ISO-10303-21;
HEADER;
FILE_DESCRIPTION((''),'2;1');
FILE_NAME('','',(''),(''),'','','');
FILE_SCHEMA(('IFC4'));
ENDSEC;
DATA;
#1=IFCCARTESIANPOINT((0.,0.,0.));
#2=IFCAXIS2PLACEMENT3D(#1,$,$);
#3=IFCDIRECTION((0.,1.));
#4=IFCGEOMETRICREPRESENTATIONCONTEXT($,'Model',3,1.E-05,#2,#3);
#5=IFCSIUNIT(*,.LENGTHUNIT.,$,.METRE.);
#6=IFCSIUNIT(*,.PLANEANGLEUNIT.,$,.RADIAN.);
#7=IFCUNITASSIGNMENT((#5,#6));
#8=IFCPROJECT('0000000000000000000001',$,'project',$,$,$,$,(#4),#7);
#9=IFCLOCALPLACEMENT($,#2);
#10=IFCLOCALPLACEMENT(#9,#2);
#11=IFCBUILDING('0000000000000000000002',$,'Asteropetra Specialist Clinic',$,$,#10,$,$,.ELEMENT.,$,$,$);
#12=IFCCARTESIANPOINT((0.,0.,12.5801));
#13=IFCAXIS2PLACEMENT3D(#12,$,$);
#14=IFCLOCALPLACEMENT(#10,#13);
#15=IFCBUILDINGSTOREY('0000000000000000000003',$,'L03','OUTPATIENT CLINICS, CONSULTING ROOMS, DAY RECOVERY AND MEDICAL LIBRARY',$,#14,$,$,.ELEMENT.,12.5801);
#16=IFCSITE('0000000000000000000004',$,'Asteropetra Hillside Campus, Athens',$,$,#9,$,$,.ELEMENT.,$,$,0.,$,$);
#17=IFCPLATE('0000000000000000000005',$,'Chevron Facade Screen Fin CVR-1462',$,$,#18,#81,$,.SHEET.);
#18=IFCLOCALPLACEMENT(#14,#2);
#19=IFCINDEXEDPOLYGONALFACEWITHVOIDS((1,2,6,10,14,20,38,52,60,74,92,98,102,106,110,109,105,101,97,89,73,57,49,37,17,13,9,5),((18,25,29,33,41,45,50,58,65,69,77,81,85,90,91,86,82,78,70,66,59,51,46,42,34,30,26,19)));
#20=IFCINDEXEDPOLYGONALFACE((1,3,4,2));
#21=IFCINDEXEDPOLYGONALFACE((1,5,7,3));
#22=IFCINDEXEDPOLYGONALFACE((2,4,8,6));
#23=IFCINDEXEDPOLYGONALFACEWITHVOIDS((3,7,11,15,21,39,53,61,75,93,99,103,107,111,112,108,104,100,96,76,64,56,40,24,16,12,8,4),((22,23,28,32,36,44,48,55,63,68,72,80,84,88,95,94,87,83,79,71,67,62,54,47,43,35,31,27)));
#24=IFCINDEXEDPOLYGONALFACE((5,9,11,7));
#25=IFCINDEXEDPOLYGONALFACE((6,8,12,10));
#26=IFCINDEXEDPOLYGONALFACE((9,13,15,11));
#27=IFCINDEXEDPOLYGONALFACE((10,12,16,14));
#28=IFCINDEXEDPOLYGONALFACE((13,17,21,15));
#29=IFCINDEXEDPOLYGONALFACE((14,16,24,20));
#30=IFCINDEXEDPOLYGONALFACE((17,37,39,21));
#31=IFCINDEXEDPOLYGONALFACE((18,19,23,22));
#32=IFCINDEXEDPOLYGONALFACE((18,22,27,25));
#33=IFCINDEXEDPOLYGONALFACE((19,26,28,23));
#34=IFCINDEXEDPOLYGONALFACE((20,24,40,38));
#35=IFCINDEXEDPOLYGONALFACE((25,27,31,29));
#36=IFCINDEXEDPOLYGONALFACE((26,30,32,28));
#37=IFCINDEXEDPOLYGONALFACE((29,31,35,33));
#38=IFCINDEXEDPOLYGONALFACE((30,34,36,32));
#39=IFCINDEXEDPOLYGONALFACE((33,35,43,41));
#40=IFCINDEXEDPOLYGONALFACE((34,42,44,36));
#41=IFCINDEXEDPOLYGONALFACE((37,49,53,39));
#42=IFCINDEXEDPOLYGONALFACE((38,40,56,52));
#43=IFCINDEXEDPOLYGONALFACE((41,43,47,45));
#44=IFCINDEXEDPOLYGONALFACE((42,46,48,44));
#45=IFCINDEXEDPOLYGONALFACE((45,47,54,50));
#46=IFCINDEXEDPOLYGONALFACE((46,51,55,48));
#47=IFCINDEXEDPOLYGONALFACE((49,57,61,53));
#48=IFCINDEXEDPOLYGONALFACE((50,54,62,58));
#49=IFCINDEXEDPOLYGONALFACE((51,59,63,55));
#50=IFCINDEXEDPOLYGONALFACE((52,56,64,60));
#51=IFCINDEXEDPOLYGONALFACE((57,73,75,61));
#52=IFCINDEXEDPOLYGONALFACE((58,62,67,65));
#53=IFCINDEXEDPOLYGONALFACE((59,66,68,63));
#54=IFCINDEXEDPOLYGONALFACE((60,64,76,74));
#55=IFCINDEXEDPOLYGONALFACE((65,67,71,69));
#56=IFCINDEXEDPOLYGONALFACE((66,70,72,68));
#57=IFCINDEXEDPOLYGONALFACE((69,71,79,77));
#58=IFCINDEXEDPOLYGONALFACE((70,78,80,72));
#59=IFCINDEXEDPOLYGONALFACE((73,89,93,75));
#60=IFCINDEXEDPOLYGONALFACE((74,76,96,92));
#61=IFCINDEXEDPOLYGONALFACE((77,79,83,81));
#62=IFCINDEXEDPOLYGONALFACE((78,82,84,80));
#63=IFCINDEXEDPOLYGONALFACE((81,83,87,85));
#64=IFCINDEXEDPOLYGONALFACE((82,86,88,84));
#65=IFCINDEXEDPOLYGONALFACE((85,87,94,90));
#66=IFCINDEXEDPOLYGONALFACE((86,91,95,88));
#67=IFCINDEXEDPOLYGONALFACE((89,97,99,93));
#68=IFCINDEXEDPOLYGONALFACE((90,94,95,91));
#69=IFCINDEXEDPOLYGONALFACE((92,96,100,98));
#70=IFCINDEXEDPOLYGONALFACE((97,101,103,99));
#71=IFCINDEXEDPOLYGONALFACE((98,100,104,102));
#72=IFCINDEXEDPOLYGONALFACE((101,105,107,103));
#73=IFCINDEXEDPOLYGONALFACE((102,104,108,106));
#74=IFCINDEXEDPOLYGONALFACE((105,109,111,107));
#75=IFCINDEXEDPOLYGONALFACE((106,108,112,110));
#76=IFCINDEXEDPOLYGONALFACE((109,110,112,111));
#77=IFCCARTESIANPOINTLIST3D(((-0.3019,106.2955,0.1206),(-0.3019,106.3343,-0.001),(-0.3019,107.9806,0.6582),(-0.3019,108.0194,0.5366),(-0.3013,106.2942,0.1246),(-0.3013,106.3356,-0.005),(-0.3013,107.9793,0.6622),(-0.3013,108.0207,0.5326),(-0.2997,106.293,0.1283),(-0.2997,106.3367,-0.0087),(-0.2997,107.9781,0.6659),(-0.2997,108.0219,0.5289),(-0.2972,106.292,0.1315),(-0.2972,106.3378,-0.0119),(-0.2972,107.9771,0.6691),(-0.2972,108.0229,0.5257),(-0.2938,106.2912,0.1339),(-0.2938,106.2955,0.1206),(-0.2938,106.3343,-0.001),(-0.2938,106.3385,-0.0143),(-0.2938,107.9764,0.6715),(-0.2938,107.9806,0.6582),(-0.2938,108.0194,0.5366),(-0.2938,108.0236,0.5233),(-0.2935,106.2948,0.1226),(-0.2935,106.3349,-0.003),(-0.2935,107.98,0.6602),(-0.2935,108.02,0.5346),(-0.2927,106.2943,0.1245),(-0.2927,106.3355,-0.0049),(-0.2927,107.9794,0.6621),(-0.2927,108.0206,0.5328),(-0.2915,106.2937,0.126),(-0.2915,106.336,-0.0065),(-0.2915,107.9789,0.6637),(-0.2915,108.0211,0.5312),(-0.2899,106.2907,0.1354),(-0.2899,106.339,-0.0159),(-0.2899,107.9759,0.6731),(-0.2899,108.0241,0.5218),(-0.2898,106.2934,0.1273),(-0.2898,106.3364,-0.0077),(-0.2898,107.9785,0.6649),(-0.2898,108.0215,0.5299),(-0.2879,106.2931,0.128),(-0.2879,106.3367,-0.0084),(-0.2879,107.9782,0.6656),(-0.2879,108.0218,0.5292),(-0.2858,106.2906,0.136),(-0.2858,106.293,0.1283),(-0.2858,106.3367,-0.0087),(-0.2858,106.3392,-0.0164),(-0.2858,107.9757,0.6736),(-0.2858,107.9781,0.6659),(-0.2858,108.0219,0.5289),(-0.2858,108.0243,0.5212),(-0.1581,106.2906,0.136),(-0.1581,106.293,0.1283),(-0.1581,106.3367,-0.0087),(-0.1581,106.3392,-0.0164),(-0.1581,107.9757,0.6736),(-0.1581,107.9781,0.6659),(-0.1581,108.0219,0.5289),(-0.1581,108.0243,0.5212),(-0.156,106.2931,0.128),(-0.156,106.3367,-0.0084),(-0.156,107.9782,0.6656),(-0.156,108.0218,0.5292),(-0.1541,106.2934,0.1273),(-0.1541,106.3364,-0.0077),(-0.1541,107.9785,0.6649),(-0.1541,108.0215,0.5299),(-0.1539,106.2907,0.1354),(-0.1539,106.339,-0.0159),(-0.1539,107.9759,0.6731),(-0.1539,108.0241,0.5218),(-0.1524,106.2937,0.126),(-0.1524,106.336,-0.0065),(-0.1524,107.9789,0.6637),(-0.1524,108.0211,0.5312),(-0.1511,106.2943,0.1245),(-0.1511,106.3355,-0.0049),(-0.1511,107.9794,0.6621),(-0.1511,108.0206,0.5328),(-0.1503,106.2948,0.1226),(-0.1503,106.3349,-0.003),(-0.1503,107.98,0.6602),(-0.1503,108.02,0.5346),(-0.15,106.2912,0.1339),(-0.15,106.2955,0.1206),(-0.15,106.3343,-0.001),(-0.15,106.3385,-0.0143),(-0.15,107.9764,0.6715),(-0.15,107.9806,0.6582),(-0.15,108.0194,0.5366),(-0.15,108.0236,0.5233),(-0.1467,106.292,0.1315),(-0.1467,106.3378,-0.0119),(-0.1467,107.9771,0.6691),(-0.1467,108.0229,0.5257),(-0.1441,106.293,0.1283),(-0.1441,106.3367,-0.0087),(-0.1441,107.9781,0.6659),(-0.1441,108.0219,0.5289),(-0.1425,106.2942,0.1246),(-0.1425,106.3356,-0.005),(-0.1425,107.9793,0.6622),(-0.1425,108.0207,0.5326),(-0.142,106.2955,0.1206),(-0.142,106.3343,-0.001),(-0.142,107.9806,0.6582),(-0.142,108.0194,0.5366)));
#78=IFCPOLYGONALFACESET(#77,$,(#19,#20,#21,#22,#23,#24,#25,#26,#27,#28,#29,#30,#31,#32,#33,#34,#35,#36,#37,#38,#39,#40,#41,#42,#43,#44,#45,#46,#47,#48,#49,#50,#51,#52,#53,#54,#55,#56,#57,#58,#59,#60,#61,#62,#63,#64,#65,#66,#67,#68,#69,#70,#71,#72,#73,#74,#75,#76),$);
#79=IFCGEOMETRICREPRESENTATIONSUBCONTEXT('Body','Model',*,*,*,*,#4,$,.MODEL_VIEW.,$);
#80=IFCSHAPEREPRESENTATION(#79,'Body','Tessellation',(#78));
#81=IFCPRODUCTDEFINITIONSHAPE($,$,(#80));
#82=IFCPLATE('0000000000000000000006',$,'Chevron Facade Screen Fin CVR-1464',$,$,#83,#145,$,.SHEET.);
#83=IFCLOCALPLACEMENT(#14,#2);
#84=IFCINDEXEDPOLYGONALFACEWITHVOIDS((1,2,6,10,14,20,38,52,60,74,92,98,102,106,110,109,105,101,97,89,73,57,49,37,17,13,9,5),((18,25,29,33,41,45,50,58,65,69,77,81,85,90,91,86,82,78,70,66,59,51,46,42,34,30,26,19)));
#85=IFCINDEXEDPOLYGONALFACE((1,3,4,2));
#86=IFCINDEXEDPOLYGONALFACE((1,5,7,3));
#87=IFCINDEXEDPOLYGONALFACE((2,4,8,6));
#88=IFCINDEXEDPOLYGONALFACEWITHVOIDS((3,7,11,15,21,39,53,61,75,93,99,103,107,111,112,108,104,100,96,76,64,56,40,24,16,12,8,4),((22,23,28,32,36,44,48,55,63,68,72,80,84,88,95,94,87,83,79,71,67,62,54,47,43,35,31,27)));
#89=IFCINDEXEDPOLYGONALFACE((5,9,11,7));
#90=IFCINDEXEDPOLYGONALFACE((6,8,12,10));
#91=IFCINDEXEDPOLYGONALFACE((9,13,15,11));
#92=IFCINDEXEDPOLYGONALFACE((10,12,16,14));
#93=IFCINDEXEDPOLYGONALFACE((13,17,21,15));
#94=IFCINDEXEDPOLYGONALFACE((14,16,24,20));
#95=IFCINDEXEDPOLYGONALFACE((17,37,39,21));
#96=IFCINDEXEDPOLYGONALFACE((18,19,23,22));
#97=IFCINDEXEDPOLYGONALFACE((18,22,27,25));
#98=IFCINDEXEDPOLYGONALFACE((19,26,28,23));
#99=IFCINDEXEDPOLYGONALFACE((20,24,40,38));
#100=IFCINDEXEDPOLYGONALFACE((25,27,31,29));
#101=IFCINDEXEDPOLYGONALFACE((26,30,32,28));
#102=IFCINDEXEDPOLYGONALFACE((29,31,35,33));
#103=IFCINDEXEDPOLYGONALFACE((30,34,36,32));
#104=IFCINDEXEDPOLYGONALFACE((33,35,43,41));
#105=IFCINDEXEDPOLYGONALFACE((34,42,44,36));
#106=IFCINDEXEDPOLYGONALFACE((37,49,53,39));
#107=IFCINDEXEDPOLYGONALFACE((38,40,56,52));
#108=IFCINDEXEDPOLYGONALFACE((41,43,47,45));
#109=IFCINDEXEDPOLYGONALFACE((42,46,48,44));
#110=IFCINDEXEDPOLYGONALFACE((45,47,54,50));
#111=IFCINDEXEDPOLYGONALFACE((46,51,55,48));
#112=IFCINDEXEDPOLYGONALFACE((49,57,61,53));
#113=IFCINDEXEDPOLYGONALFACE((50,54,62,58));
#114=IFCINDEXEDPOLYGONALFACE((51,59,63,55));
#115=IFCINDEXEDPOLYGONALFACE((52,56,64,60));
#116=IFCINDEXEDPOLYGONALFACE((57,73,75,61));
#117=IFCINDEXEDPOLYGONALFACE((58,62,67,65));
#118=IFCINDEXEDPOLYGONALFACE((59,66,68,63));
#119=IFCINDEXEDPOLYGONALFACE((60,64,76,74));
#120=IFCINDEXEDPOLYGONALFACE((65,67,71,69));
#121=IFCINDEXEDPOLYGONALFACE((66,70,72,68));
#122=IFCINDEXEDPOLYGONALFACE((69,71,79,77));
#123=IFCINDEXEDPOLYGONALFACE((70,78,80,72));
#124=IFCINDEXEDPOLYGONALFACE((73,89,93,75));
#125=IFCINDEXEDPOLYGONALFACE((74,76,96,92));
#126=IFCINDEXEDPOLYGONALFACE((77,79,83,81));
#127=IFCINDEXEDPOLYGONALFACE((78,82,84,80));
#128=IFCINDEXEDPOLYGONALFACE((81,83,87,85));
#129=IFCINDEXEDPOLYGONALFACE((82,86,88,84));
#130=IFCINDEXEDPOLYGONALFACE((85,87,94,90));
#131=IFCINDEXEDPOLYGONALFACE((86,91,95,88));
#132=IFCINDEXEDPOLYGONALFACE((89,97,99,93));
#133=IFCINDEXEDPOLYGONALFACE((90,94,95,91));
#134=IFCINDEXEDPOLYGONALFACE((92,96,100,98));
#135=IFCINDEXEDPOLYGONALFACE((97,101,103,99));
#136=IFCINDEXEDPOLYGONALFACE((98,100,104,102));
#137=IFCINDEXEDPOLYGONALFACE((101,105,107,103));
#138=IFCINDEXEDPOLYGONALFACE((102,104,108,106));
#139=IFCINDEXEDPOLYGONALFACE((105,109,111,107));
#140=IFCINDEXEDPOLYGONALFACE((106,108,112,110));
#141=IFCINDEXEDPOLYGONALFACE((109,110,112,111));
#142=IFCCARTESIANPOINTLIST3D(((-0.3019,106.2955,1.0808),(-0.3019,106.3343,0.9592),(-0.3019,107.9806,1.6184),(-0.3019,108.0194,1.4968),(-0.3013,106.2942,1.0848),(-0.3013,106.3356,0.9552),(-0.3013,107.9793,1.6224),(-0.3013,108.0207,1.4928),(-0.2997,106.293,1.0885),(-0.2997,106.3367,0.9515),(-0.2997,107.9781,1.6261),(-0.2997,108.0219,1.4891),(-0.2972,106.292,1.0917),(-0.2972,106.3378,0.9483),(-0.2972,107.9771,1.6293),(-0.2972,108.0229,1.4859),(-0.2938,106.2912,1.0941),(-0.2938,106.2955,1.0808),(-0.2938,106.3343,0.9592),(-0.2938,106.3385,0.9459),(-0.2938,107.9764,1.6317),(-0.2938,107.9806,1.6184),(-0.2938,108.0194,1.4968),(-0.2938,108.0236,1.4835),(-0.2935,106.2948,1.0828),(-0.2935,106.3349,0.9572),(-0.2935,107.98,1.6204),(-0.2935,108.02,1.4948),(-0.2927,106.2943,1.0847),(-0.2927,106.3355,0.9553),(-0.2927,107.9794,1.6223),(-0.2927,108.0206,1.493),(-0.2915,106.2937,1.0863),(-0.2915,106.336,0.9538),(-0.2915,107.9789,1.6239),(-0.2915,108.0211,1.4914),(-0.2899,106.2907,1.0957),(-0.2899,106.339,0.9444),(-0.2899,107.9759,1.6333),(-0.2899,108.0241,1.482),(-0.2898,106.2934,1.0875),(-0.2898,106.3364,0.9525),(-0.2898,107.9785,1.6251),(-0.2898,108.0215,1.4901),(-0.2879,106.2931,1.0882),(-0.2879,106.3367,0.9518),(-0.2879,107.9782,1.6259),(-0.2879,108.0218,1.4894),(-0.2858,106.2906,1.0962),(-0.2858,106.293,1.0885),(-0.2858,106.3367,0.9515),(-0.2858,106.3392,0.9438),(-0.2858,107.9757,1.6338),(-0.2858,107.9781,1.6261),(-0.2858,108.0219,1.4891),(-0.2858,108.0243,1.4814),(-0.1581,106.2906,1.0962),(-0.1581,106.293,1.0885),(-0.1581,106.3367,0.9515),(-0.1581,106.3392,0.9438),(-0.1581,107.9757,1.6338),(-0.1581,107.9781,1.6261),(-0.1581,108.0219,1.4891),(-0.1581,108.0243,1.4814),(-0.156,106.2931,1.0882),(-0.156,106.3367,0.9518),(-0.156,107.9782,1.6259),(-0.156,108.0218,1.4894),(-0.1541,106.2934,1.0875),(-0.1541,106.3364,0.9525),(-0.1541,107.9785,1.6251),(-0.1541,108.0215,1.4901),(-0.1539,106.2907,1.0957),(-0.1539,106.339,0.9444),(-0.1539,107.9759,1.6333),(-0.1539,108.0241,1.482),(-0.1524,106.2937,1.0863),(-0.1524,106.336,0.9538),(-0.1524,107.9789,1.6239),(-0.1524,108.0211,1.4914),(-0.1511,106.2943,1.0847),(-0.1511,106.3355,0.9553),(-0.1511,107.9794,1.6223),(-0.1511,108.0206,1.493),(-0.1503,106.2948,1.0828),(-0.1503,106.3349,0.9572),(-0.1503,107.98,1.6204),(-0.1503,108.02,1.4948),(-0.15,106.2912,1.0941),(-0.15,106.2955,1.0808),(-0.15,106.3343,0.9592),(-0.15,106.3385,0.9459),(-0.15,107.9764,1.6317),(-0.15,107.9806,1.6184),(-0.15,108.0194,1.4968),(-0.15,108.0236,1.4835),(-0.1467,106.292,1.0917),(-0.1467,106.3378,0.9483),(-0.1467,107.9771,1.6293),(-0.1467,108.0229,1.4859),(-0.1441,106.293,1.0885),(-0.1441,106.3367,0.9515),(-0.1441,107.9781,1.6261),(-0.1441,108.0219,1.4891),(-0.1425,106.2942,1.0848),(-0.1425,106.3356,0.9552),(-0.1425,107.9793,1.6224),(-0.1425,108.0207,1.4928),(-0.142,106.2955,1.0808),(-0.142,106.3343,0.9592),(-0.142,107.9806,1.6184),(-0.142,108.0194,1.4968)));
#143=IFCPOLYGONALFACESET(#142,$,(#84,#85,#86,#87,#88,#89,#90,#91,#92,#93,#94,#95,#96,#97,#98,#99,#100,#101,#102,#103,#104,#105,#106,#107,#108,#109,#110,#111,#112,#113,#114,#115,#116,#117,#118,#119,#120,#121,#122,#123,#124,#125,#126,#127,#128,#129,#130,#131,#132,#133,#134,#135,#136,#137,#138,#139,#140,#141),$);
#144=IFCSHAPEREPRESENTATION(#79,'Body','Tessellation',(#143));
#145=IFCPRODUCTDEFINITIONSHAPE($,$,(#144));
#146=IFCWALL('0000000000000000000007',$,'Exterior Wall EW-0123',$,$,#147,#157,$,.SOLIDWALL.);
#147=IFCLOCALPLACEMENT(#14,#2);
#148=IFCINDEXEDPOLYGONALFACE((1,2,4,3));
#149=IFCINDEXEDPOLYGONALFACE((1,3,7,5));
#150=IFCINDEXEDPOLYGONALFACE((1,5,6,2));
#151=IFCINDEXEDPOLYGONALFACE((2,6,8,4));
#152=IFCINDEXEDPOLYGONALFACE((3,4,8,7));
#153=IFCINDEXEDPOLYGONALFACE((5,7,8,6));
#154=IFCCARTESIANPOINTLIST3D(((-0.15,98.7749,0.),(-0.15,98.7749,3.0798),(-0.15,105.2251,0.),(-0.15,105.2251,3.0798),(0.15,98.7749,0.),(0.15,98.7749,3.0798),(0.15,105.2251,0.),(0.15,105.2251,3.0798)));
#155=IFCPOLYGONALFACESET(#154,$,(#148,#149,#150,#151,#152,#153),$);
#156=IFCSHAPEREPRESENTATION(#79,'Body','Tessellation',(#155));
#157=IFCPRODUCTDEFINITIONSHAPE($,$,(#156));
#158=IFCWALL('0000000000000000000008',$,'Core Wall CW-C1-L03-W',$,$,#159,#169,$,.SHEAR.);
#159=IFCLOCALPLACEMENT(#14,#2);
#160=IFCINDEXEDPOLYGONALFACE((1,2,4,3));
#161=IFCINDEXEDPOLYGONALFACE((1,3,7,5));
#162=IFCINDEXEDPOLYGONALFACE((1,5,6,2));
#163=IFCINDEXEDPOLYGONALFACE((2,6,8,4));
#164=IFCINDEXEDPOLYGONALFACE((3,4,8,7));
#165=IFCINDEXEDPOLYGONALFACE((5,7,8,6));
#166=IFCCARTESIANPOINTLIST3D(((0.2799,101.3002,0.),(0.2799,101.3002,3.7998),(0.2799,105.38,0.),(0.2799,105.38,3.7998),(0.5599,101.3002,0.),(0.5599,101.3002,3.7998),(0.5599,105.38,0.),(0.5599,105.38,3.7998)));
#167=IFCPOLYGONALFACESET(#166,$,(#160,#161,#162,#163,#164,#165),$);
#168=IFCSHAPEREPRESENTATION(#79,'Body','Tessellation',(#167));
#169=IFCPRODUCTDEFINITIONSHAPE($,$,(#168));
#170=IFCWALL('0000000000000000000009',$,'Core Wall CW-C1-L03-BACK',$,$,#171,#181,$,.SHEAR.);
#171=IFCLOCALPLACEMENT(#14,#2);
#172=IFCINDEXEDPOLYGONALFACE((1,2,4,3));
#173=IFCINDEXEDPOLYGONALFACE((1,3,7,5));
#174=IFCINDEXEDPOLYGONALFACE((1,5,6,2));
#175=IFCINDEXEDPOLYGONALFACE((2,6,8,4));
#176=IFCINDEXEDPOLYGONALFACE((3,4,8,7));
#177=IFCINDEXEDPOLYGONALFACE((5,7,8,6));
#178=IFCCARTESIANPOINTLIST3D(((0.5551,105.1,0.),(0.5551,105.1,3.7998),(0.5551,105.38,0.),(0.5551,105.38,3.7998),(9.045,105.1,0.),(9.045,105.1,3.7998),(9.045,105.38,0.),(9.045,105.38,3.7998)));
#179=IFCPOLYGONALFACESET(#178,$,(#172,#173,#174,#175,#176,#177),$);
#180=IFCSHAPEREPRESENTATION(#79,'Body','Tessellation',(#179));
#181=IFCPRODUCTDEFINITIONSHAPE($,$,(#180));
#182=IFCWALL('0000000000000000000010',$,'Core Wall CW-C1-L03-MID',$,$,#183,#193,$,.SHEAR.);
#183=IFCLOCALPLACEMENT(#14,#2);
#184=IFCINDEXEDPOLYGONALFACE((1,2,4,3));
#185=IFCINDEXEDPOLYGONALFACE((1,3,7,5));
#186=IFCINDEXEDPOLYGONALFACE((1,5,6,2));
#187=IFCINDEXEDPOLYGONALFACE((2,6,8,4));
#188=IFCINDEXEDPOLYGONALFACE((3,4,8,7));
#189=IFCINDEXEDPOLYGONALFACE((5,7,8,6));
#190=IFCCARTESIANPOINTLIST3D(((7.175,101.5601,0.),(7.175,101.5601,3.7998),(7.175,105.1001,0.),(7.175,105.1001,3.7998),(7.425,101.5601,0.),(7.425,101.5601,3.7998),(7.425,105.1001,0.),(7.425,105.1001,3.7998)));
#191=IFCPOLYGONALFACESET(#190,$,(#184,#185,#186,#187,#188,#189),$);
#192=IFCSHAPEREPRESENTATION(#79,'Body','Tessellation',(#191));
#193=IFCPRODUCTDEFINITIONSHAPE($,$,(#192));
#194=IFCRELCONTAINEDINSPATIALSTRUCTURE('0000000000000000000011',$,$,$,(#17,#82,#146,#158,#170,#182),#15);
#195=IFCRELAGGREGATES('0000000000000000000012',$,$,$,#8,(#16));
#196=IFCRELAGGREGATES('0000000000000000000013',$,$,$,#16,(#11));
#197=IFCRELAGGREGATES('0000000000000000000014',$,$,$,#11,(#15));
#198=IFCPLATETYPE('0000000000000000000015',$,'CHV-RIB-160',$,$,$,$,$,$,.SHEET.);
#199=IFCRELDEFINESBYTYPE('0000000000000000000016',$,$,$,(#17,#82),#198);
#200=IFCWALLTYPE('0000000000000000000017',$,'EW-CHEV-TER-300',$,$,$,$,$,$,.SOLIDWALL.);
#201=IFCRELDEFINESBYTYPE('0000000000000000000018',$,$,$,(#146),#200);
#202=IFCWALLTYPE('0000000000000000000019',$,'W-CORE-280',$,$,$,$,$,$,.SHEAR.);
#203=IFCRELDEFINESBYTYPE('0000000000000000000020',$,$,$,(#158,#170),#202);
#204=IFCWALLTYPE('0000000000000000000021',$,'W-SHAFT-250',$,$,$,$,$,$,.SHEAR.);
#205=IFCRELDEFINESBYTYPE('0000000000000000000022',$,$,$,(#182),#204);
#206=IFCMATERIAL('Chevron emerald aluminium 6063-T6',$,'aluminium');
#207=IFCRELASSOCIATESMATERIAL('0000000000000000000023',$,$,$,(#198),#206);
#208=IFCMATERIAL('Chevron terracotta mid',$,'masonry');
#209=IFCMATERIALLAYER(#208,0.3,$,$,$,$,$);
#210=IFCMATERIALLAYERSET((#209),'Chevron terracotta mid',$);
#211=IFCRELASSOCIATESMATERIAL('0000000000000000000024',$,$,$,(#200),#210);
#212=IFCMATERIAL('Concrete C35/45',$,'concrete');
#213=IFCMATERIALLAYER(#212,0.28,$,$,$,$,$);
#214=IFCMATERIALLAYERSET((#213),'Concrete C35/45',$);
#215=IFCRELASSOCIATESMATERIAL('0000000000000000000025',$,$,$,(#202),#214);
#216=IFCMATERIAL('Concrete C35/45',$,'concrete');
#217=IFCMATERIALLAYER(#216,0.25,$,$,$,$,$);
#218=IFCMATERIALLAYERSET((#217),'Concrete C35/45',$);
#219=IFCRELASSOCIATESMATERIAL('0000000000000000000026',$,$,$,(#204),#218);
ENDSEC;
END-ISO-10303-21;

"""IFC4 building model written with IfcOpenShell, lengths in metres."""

from ifc_helpers import new_model, si_unit, direction, frame, frame_2d, origin, origin_2d, place, context, subcontext, project, spatial, rectangle, hollow_rectangle, extrude, material, layer, layer_set, material_profile, profile_set, type_object, element, save


model = new_model("IFC4")

# Units and contexts
model_context = context("Model", 3, precision=1e-05, world=origin(), true_north=direction((0.0, 1.0)))
body_context = subcontext(model_context, "Body", "Model", "MODEL_VIEW")
ifc_project = project(units=[si_unit("LENGTHUNIT", "METRE"), si_unit("PLANEANGLEUNIT", "RADIAN")], contexts=[model_context])

# Site, building, storey
site_placement = place(None, origin())
site = spatial("IfcSite", under=ifc_project, at=site_placement, Name="Asteropetra Hillside Campus, Athens", CompositionType="ELEMENT", RefElevation=0.0)
building_placement = place(site_placement, origin())
building = spatial("IfcBuilding", under=site, at=building_placement, Name="Asteropetra Specialist Clinic", CompositionType="ELEMENT")
storey_placement = place(building_placement, frame((0.0, 0.0, 12.5801)))
storey = spatial("IfcBuildingStorey", under=building, at=storey_placement, Name="L03", Description="OUTPATIENT CLINICS, CONSULTING ROOMS, DAY RECOVERY AND MEDICAL LIBRARY", CompositionType="ELEMENT", Elevation=12.5801)

# Plates
ifc_material_1 = material(Name="Chevron emerald aluminium 6063-T6", Category="aluminium")
ifc_material_profile_1 = material_profile(ifc_material_1, hollow_rectangle(XDim=0.1599, YDim=0.1599, WallThickness=0.0081, InnerFilletRadius=0.0081, OuterFilletRadius=0.0161, at=origin_2d()), Name="SHS 160x160x8.0")
ifc_profile_set_1 = profile_set([ifc_material_profile_1], Name="Chevron emerald aluminium 6063-T6")
plate_type = type_object("IfcPlateType", Name="CHV-RIB-160", PredefinedType="SHEET", material=ifc_profile_set_1)
for number, where, z_axis, x_axis, name in (
    (1, (-0.2219, 108.0, 0.5974), (0.0, -0.95269, -0.303944), (1.0, 0.0, 0.0), "Chevron Facade Screen Fin CVR-1462"),
    (2, (-0.2219, 108.0, 1.5576), (0.0, -0.95269, -0.303944), (1.0, 0.0, 0.0), "Chevron Facade Screen Fin CVR-1464"),
):
    element("IfcPlate", number, at=place(storey_placement, frame(where, z_axis=z_axis, x_axis=x_axis)), inside=storey, type_object=plate_type, Name=name, PredefinedType="SHEET", context=body_context, shape_type="SweptSolid", body=[
        extrude(hollow_rectangle(XDim=0.1599, YDim=0.1599, WallThickness=0.0081, InnerFilletRadius=0.0081, OuterFilletRadius=0.0161, at=origin_2d()), origin(), (0.0, 0.0, 1.0), 1.7688),
    ])

# Walls
ifc_material_2 = material(Name="Chevron terracotta mid", Category="masonry")
ifc_layer_1 = layer(ifc_material_2, 0.3)
ifc_layer_set_1 = layer_set([ifc_layer_1], Name="Chevron terracotta mid")
wall_type_1 = type_object("IfcWallType", Name="EW-CHEV-TER-300", PredefinedType="SOLIDWALL", material=ifc_layer_set_1)
wall_1_placement = place(storey_placement, frame((0.0, 105.2251, 0.0), z_axis=(0.0, 0.0, 1.0), x_axis=(0.0, -1.0, 0.0)))
element("IfcWall", 3, at=wall_1_placement, inside=storey, type_object=wall_type_1, Name="Exterior Wall EW-0123", PredefinedType="SOLIDWALL", context=body_context, shape_type="SweptSolid", body=[
    extrude(rectangle(XDim=6.4502, YDim=0.3, at=frame_2d((3.2251, 0.0))), origin(), (0.0, 0.0, 1.0), 3.0798),
])
ifc_material_3 = material(Name="Concrete C35/45", Category="concrete")
ifc_layer_2 = layer(ifc_material_3, 0.28)
ifc_layer_set_2 = layer_set([ifc_layer_2], Name="Concrete C35/45")
wall_type_2 = type_object("IfcWallType", Name="W-CORE-280", PredefinedType="SHEAR", material=ifc_layer_set_2)
wall_2_placement = place(storey_placement, frame((0.4199, 101.3, 0.0), z_axis=(0.0, 0.0, 1.0), x_axis=(0.0, 1.0, 0.0)))
element("IfcWall", 4, at=wall_2_placement, inside=storey, type_object=wall_type_2, Name="Core Wall CW-C1-L03-W", PredefinedType="SHEAR", context=body_context, shape_type="SweptSolid", body=[
    extrude(rectangle(XDim=4.0798, YDim=0.28, at=frame_2d((2.04, 0.0))), origin(), (0.0, 0.0, 1.0), 3.7998),
])
wall_3_placement = place(storey_placement, frame((0.5549, 105.24, 0.0), z_axis=(0.0, 0.0, 1.0), x_axis=(1.0, 0.0, 0.0)))
element("IfcWall", 5, at=wall_3_placement, inside=storey, type_object=wall_type_2, Name="Core Wall CW-C1-L03-BACK", PredefinedType="SHEAR", context=body_context, shape_type="SweptSolid", body=[
    extrude(rectangle(XDim=8.49, YDim=0.28, at=frame_2d((4.2451, 0.0))), origin(), (0.0, 0.0, 1.0), 3.7998),
])
ifc_material_4 = material(Name="Concrete C35/45", Category="concrete")
ifc_layer_3 = layer(ifc_material_4, 0.25)
ifc_layer_set_3 = layer_set([ifc_layer_3], Name="Concrete C35/45")
wall_type_3 = type_object("IfcWallType", Name="W-SHAFT-250", PredefinedType="SHEAR", material=ifc_layer_set_3)
wall_4_placement = place(storey_placement, frame((7.3, 101.5601, 0.0), z_axis=(0.0, 0.0, 1.0), x_axis=(0.0, 1.0, 0.0)))
element("IfcWall", 6, at=wall_4_placement, inside=storey, type_object=wall_type_3, Name="Core Wall CW-C1-L03-MID", PredefinedType="SHEAR", context=body_context, shape_type="SweptSolid", body=[
    extrude(rectangle(XDim=3.54, YDim=0.25, at=frame_2d((1.77, 0.0))), origin(), (0.0, 0.0, 1.0), 3.7998),
])

save(model, "model.ifc")
